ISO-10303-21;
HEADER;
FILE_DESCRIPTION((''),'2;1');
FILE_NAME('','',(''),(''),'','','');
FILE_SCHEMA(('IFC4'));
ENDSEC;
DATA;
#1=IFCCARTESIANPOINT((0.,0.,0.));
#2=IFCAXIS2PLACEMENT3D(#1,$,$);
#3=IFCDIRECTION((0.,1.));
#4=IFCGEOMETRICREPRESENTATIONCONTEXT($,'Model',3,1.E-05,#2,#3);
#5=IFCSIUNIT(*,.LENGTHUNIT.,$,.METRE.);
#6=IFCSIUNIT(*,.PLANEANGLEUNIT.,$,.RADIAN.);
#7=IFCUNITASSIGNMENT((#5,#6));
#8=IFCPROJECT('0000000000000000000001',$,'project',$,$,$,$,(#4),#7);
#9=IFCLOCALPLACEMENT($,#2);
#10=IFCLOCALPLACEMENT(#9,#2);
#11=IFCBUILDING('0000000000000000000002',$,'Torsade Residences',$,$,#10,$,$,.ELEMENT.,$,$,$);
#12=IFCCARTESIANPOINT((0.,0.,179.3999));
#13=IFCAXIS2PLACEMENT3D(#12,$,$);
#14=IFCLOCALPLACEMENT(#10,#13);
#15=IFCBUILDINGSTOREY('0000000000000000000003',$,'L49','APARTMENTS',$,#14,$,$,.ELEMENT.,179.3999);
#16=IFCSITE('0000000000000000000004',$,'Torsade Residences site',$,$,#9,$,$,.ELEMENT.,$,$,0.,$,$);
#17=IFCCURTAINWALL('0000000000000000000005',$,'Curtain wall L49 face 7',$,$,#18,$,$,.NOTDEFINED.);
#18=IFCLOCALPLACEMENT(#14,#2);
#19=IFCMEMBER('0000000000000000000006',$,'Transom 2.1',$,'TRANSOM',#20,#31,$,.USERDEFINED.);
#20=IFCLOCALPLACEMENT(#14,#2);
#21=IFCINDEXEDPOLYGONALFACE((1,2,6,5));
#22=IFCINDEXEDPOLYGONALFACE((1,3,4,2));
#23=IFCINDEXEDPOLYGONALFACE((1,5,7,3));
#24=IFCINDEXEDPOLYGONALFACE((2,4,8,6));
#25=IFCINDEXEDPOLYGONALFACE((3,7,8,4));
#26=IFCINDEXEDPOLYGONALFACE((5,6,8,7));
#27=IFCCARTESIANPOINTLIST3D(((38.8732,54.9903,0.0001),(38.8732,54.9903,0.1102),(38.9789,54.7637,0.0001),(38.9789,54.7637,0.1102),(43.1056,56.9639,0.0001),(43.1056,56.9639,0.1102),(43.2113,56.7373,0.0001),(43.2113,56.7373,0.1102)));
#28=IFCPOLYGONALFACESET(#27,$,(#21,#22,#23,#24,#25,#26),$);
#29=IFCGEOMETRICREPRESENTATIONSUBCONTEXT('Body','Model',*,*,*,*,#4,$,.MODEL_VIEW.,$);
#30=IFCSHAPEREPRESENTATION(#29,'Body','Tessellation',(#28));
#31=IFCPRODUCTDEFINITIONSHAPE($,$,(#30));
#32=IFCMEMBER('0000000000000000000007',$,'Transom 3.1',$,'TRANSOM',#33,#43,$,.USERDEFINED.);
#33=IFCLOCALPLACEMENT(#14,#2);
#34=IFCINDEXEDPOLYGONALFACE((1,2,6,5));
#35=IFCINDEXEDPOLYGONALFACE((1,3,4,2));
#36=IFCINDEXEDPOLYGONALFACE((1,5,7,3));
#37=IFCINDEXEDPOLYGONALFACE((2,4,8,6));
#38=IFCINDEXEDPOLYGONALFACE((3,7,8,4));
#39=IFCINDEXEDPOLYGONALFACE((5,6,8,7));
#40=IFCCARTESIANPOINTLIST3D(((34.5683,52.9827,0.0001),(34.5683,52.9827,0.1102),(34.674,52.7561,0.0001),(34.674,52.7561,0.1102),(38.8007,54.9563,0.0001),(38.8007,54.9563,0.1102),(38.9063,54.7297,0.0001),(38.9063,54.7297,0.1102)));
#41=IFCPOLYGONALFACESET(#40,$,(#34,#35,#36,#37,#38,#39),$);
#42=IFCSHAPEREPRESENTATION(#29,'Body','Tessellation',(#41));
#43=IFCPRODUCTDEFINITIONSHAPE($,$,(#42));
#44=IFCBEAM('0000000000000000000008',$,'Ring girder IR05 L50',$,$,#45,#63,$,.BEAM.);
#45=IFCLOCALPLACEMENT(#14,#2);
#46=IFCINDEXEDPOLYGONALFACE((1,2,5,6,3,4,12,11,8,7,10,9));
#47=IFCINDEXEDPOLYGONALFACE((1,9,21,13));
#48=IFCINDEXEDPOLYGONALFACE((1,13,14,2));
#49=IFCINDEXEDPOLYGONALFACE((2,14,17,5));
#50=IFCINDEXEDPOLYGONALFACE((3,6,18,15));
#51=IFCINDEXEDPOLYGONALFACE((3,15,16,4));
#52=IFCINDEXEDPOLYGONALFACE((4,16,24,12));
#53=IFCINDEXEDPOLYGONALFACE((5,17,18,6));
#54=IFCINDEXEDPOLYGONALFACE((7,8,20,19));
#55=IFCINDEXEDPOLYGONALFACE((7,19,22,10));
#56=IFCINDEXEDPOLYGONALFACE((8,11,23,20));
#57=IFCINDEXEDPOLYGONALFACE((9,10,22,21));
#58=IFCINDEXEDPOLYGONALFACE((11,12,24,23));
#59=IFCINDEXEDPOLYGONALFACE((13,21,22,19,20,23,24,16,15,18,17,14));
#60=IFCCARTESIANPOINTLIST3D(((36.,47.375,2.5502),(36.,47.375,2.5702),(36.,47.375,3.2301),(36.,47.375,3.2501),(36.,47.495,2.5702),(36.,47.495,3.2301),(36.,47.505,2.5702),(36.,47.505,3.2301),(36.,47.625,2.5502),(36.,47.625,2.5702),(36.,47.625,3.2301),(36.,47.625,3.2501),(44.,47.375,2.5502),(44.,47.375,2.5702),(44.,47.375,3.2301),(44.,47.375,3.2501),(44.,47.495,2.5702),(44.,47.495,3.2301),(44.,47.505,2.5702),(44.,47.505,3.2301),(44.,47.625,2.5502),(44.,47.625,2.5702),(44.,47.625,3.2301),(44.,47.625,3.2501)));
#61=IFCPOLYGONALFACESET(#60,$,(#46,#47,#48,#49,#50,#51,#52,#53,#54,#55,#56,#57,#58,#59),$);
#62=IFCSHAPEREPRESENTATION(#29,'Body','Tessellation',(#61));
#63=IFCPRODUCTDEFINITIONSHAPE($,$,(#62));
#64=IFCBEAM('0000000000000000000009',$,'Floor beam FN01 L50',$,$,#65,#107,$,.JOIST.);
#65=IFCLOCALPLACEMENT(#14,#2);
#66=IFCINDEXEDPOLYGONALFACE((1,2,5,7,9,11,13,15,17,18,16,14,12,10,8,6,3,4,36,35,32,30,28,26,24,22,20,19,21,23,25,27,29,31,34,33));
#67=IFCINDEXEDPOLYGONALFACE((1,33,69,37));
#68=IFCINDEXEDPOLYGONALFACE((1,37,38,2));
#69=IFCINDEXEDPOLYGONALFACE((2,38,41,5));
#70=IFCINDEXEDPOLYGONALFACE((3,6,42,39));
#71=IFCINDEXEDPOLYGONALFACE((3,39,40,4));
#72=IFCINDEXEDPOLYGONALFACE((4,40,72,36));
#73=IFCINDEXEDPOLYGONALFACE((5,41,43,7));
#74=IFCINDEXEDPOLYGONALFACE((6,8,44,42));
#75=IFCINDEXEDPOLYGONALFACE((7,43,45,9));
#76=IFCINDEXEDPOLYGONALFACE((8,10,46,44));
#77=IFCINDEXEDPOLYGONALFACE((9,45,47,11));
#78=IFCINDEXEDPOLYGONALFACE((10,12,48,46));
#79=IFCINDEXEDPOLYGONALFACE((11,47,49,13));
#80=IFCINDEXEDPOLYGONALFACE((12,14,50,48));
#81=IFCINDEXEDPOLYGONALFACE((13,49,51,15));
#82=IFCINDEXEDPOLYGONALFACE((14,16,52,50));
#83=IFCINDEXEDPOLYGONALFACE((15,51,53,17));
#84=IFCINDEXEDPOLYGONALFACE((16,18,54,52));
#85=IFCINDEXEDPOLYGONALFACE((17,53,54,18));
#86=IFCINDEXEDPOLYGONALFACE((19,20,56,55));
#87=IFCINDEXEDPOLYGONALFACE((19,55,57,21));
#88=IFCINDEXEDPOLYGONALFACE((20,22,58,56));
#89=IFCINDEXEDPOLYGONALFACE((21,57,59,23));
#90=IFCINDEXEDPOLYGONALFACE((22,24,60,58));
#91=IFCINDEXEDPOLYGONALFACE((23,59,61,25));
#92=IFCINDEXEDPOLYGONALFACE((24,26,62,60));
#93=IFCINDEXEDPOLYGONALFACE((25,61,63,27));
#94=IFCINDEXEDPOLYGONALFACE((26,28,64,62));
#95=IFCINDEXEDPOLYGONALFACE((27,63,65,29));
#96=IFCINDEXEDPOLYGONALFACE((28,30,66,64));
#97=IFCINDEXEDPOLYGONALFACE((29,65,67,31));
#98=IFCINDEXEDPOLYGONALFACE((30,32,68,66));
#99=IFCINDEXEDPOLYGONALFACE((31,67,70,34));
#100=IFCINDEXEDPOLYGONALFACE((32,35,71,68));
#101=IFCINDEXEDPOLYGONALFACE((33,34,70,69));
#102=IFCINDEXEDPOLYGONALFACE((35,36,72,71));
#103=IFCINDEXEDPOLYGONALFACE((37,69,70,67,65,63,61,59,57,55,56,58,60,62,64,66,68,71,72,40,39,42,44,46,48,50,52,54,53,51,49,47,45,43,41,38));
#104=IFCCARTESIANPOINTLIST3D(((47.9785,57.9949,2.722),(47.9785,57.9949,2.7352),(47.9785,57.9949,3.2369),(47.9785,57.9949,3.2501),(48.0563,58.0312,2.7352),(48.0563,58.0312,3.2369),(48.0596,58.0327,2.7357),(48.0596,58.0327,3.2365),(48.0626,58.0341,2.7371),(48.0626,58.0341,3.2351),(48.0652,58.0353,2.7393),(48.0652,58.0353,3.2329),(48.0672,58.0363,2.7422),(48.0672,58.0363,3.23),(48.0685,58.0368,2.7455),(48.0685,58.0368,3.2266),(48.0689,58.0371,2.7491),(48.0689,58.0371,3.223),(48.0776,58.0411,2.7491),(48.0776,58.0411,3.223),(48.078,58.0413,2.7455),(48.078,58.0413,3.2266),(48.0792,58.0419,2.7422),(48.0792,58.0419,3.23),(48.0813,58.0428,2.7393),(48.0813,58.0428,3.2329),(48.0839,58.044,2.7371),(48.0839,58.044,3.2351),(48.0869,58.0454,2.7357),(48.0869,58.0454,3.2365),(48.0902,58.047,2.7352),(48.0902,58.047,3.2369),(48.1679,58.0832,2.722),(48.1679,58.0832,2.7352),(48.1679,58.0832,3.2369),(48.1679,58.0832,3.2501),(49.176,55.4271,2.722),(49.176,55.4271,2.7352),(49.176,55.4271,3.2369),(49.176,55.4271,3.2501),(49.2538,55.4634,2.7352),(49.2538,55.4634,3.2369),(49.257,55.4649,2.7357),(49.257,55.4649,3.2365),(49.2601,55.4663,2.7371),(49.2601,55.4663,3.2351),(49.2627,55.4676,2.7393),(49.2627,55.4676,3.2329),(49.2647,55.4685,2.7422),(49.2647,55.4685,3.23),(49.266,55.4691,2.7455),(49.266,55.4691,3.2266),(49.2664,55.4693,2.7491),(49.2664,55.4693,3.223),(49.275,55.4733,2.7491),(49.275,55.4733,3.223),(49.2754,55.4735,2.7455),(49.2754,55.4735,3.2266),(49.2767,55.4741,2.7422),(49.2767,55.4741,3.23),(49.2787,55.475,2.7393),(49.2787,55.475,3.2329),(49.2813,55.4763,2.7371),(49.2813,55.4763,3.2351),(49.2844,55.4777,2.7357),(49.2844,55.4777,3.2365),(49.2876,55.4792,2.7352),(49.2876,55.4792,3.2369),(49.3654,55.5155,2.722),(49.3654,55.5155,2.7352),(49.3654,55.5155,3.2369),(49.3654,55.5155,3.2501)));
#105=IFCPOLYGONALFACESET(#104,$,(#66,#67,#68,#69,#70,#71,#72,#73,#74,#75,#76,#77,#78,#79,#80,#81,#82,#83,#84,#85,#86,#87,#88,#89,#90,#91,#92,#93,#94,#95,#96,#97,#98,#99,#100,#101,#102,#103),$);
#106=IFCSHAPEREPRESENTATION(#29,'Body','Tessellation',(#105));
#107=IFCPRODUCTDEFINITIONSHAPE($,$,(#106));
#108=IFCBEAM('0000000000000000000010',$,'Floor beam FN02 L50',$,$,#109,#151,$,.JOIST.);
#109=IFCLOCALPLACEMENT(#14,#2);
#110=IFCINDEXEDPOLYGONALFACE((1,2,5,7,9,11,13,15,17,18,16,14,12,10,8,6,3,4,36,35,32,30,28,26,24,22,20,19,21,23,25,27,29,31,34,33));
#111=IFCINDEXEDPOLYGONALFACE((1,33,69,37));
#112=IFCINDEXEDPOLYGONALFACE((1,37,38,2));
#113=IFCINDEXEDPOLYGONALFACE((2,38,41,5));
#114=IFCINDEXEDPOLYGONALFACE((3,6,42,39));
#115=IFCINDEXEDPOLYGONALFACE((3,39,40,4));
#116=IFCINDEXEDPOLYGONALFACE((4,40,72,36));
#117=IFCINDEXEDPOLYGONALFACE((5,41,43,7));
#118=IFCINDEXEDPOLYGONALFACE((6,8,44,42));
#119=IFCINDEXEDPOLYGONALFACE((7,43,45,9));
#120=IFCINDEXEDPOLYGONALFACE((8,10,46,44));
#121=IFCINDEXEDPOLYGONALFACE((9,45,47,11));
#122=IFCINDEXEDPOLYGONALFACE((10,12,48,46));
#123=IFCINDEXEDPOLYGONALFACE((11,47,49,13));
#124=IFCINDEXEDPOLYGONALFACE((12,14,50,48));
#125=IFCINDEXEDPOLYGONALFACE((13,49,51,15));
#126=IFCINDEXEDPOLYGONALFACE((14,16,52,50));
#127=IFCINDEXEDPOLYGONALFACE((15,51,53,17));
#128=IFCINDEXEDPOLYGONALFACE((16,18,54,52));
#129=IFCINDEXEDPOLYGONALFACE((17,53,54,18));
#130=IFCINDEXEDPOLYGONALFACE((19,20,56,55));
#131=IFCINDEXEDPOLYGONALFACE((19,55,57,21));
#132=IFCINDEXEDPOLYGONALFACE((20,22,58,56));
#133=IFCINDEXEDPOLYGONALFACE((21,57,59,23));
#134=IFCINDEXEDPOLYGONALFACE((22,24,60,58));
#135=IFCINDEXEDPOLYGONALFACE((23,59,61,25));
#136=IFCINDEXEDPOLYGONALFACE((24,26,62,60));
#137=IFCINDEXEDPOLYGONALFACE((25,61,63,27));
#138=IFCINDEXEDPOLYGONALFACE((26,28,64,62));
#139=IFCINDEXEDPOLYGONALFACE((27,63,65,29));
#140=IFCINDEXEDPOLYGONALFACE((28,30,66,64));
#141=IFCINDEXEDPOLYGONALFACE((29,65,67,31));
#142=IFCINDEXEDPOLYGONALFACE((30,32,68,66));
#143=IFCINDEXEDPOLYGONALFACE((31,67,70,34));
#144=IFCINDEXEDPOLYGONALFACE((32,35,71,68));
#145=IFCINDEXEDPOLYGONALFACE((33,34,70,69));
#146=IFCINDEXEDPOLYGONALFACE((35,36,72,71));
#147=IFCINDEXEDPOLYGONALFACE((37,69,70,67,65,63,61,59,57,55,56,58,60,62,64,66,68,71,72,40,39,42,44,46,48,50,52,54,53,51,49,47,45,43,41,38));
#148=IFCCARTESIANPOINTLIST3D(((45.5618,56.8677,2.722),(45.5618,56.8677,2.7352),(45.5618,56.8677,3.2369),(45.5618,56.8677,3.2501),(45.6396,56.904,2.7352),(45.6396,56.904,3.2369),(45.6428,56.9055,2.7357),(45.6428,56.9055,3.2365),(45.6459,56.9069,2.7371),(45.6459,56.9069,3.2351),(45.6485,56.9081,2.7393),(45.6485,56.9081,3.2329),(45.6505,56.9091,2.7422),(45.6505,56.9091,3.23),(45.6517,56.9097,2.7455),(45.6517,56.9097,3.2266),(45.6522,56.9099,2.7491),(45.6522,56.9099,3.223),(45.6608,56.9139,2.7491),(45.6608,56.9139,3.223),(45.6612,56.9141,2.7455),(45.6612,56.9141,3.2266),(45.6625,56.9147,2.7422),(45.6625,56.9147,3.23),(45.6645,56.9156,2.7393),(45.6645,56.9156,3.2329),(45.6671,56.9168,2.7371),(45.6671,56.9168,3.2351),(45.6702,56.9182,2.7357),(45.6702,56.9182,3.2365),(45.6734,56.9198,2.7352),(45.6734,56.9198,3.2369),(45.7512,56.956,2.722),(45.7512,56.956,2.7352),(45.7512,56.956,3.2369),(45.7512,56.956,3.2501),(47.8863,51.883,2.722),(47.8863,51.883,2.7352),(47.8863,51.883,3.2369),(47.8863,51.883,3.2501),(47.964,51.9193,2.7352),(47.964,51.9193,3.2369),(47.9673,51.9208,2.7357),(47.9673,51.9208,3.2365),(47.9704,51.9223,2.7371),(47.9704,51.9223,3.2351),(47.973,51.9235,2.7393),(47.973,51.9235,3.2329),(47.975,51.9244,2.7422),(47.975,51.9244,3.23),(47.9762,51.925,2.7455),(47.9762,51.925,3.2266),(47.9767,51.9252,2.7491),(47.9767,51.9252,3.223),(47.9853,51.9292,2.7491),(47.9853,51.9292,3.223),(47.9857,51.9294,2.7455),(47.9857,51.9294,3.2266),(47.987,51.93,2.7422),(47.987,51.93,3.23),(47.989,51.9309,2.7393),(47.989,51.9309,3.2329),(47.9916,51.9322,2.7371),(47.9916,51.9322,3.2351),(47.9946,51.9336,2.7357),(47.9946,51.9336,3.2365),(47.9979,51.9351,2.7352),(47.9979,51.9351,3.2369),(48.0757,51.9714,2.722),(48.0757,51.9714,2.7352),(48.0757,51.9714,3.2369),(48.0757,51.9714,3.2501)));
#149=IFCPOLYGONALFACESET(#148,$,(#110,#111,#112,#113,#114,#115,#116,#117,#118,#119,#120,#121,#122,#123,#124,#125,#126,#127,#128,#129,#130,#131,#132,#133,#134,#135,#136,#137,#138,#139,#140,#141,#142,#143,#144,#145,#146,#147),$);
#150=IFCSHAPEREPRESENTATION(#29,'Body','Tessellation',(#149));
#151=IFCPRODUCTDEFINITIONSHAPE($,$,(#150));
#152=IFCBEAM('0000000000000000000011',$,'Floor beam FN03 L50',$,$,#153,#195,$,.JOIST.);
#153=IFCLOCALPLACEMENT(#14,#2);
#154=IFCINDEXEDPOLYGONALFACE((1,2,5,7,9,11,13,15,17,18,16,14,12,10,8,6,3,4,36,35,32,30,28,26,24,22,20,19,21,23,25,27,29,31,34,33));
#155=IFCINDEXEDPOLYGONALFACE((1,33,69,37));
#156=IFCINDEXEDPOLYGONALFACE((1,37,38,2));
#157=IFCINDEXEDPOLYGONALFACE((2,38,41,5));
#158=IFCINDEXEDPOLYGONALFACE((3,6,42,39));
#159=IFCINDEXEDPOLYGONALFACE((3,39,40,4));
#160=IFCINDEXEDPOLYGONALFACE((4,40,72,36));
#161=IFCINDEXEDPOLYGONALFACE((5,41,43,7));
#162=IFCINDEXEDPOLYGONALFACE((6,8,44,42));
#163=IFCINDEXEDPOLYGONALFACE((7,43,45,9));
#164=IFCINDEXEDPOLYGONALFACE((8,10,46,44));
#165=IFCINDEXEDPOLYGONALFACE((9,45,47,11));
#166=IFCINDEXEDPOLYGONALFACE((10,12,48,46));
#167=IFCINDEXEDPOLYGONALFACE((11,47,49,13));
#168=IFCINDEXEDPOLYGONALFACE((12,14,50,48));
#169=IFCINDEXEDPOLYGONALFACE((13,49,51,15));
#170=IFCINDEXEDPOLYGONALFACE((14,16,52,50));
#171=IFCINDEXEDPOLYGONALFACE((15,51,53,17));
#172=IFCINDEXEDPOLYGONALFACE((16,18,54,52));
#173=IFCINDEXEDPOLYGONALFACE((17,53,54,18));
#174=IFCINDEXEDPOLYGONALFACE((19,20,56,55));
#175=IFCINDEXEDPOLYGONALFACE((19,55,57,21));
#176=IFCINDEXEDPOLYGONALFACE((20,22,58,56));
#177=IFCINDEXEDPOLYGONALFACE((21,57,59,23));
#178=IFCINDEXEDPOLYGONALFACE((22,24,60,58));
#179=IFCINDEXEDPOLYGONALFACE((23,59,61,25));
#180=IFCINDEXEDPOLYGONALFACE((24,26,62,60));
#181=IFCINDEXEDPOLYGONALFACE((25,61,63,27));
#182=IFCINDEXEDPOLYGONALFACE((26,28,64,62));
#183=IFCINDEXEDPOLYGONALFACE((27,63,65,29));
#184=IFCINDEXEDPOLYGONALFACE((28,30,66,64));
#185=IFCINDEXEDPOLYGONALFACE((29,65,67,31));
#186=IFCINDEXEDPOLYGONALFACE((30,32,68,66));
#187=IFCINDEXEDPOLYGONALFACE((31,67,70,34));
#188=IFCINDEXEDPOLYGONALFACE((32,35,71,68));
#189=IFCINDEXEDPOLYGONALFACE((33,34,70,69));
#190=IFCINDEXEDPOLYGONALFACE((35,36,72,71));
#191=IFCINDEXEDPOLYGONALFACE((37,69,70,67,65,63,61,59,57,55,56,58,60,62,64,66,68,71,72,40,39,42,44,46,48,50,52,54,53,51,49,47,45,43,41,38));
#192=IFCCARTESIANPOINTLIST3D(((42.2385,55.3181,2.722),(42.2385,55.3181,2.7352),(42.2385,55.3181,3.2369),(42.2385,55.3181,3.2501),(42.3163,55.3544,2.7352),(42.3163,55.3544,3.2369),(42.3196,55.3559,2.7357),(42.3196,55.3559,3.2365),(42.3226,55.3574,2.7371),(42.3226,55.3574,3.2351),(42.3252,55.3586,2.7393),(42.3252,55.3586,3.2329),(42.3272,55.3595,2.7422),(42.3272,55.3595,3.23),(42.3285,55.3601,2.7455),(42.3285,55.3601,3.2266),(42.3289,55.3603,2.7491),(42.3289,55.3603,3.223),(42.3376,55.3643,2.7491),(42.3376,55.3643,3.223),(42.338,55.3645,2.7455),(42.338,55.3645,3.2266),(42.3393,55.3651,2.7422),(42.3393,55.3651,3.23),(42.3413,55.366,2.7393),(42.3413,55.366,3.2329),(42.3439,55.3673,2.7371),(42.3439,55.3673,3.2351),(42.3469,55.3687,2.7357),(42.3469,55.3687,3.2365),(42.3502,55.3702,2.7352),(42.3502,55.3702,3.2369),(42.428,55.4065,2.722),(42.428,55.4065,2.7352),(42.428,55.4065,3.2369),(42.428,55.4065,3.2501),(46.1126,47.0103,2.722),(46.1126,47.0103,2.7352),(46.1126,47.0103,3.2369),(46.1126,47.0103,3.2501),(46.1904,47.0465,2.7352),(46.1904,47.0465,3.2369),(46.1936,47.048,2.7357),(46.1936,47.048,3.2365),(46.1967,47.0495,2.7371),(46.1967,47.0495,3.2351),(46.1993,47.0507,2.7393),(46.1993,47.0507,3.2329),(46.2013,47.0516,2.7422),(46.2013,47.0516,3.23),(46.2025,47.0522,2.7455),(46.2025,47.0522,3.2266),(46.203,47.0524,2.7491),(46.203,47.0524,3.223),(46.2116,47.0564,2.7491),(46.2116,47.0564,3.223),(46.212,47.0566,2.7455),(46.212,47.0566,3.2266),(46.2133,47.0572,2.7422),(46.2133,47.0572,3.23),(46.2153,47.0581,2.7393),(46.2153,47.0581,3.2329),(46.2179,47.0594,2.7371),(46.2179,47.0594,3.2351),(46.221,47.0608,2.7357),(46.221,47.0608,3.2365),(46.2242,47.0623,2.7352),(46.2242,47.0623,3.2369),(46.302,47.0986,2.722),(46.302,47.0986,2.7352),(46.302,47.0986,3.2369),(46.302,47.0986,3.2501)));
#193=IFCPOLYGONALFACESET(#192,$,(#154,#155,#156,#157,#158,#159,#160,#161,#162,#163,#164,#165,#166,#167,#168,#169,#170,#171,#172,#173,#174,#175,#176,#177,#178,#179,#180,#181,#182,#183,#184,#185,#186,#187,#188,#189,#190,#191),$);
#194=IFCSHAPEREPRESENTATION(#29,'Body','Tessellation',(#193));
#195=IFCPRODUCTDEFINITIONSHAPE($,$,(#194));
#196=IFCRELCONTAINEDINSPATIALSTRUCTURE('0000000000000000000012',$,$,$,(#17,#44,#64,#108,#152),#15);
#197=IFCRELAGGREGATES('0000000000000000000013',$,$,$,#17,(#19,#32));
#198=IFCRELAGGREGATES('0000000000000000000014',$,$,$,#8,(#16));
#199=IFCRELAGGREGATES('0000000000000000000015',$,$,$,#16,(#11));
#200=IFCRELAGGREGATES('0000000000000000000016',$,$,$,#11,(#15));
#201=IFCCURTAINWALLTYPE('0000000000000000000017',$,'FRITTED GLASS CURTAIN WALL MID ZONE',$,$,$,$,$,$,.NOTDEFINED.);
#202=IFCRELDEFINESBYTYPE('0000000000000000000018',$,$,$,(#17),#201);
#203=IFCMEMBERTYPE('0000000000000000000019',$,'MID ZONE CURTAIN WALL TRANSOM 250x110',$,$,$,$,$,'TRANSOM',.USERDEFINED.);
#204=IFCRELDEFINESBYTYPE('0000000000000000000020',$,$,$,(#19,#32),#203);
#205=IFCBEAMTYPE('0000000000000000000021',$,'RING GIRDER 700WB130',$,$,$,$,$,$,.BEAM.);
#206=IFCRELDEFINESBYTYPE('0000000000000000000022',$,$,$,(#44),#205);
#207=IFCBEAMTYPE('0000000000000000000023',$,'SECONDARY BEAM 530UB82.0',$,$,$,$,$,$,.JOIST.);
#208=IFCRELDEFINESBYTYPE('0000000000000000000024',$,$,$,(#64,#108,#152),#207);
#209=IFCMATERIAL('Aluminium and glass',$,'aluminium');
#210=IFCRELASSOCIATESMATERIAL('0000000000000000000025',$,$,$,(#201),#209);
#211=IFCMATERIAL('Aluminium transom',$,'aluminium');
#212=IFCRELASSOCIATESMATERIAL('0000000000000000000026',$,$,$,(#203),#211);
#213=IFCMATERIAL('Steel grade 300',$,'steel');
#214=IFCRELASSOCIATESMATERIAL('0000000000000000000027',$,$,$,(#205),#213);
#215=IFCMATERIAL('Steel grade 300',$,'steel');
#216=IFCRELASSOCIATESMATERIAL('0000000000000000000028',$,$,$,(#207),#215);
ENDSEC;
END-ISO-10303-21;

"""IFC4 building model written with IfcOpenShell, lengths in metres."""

from ifc_helpers import new_model, si_unit, direction, frame, origin, origin_2d, place, context, subcontext, project, spatial, rectangle, i_section, extrude, material, material_profile, profile_set, type_object, element, aggregate, save


model = new_model("IFC4")

# Units and contexts
model_context = context("Model", 3, precision=1e-05, world=origin(), true_north=direction((0.0, 1.0)))
body_context = subcontext(model_context, "Body", "Model", "MODEL_VIEW")
ifc_project = project(units=[si_unit("LENGTHUNIT", "METRE"), si_unit("PLANEANGLEUNIT", "RADIAN")], contexts=[model_context])

# Site, building, storey
site_placement = place(None, origin())
site = spatial("IfcSite", under=ifc_project, at=site_placement, Name="Torsade Residences site", CompositionType="ELEMENT", RefElevation=0.0)
building_placement = place(site_placement, origin())
building = spatial("IfcBuilding", under=site, at=building_placement, Name="Torsade Residences", CompositionType="ELEMENT")
storey_placement = place(building_placement, frame((0.0, 0.0, 179.3999)))
storey = spatial("IfcBuildingStorey", under=building, at=storey_placement, Name="L49", Description="APARTMENTS", CompositionType="ELEMENT", Elevation=179.3999)

# Curtain wall, members
ifc_material_1 = material(Name="Aluminium and glass", Category="aluminium")
curtain_wall_type = type_object("IfcCurtainWallType", Name="FRITTED GLASS CURTAIN WALL MID ZONE", PredefinedType="NOTDEFINED", material=ifc_material_1)
curtain_wall_placement = place(storey_placement, origin())
curtain_wall = element("IfcCurtainWall", 1, at=curtain_wall_placement, inside=storey, type_object=curtain_wall_type, Name="Curtain wall L49 face 7", PredefinedType="NOTDEFINED")
ifc_material_2 = material(Name="Aluminium transom", Category="aluminium")
ifc_material_profile_1 = material_profile(ifc_material_2, rectangle(XDim=0.25, YDim=0.1101, at=origin_2d()), Name="MID ZONE CURTAIN WALL TRANSOM 250x110")
ifc_profile_set_1 = profile_set([ifc_material_profile_1], Name="Aluminium transom")
member_type_1 = type_object("IfcMemberType", Name="MID ZONE CURTAIN WALL TRANSOM 250x110", ElementType="TRANSOM", PredefinedType="USERDEFINED", material=ifc_profile_set_1)
member_1_placement = place(storey_placement, frame((43.1584, 56.8506, 0.0552), z_axis=(-0.906306, -0.422622, 0.0), x_axis=(0.422622, -0.906306, 0.0)))
member_1 = element("IfcMember", 2, at=member_1_placement, type_object=member_type_1, Name="Transom 2.1", ObjectType="TRANSOM", PredefinedType="USERDEFINED", context=body_context, shape_type="SweptSolid", body=[
    extrude(rectangle(XDim=0.25, YDim=0.1101, at=origin_2d()), origin(), (0.0, 0.0, 1.0), 4.6699),
])
member_2_placement = place(storey_placement, frame((38.8535, 54.843, 0.0552), z_axis=(-0.906306, -0.422622, 0.0), x_axis=(0.422622, -0.906306, 0.0)))
member_2 = element("IfcMember", 3, at=member_2_placement, type_object=member_type_1, Name="Transom 3.1", ObjectType="TRANSOM", PredefinedType="USERDEFINED", context=body_context, shape_type="SweptSolid", body=[
    extrude(rectangle(XDim=0.25, YDim=0.1101, at=origin_2d()), origin(), (0.0, 0.0, 1.0), 4.6699),
])

# Beams
ifc_material_3 = material(Name="Steel grade 300", Category="steel")
ifc_material_profile_2 = material_profile(ifc_material_3, i_section(OverallWidth=0.25, OverallDepth=0.7, WebThickness=0.01, FlangeThickness=0.02, at=origin_2d()), Name="700WB130")
ifc_profile_set_2 = profile_set([ifc_material_profile_2], Name="Steel grade 300")
beam_type_1 = type_object("IfcBeamType", Name="RING GIRDER 700WB130", PredefinedType="BEAM", material=ifc_profile_set_2)
beam_1_placement = place(storey_placement, frame((44.0, 47.5, 2.9001), z_axis=(-1.0, 0.0, 0.0), x_axis=(0.0, -1.0, 0.0)))
element("IfcBeam", 4, at=beam_1_placement, inside=storey, type_object=beam_type_1, Name="Ring girder IR05 L50", PredefinedType="BEAM", context=body_context, shape_type="SweptSolid", body=[
    extrude(i_section(OverallWidth=0.25, OverallDepth=0.7, WebThickness=0.01, FlangeThickness=0.02, at=origin_2d()), origin(), (0.0, 0.0, 1.0), 8.0),
])
ifc_material_4 = material(Name="Steel grade 300", Category="steel")
ifc_material_profile_3 = material_profile(ifc_material_4, i_section(OverallWidth=0.209, OverallDepth=0.5281, WebThickness=0.0095, FlangeThickness=0.0132, FilletRadius=0.0139, at=origin_2d()), Name="530UB82.0")
ifc_profile_set_3 = profile_set([ifc_material_profile_3], Name="Steel grade 300")
beam_type_2 = type_object("IfcBeamType", Name="SECONDARY BEAM 530UB82.0", PredefinedType="JOIST", material=ifc_profile_set_3)
beam_2_placement = place(storey_placement, frame((48.0732, 58.0391, 2.9861), z_axis=(0.422645, -0.906295, 0.0), x_axis=(0.906295, 0.422645, 0.0)))
element("IfcBeam", 5, at=beam_2_placement, inside=storey, type_object=beam_type_2, Name="Floor beam FN01 L50", PredefinedType="JOIST", context=body_context, shape_type="SweptSolid", body=[
    extrude(i_section(OverallWidth=0.209, OverallDepth=0.5281, WebThickness=0.0095, FlangeThickness=0.0132, FilletRadius=0.0139, at=origin_2d()), origin(), (0.0, 0.0, 1.0), 2.8333),
])
beam_3_placement = place(storey_placement, frame((45.6565, 56.9119, 2.9861), z_axis=(0.422633, -0.906301, 0.0), x_axis=(0.906301, 0.422633, 0.0)))
element("IfcBeam", 6, at=beam_3_placement, inside=storey, type_object=beam_type_2, Name="Floor beam FN02 L50", PredefinedType="JOIST", context=body_context, shape_type="SweptSolid", body=[
    extrude(i_section(OverallWidth=0.209, OverallDepth=0.5281, WebThickness=0.0095, FlangeThickness=0.0132, FilletRadius=0.0139, at=origin_2d()), origin(), (0.0, 0.0, 1.0), 5.5),
])
beam_4_placement = place(storey_placement, frame((42.3333, 55.3623, 2.9861), z_axis=(0.422619, -0.906308, 0.0), x_axis=(0.906308, 0.422619, 0.0)))
element("IfcBeam", 7, at=beam_4_placement, inside=storey, type_object=beam_type_2, Name="Floor beam FN03 L50", PredefinedType="JOIST", context=body_context, shape_type="SweptSolid", body=[
    extrude(i_section(OverallWidth=0.209, OverallDepth=0.5281, WebThickness=0.0095, FlangeThickness=0.0132, FilletRadius=0.0139, at=origin_2d()), origin(), (0.0, 0.0, 1.0), 9.1667),
])

aggregate(curtain_wall, [member_1, member_2])

save(model, "model.ifc")
